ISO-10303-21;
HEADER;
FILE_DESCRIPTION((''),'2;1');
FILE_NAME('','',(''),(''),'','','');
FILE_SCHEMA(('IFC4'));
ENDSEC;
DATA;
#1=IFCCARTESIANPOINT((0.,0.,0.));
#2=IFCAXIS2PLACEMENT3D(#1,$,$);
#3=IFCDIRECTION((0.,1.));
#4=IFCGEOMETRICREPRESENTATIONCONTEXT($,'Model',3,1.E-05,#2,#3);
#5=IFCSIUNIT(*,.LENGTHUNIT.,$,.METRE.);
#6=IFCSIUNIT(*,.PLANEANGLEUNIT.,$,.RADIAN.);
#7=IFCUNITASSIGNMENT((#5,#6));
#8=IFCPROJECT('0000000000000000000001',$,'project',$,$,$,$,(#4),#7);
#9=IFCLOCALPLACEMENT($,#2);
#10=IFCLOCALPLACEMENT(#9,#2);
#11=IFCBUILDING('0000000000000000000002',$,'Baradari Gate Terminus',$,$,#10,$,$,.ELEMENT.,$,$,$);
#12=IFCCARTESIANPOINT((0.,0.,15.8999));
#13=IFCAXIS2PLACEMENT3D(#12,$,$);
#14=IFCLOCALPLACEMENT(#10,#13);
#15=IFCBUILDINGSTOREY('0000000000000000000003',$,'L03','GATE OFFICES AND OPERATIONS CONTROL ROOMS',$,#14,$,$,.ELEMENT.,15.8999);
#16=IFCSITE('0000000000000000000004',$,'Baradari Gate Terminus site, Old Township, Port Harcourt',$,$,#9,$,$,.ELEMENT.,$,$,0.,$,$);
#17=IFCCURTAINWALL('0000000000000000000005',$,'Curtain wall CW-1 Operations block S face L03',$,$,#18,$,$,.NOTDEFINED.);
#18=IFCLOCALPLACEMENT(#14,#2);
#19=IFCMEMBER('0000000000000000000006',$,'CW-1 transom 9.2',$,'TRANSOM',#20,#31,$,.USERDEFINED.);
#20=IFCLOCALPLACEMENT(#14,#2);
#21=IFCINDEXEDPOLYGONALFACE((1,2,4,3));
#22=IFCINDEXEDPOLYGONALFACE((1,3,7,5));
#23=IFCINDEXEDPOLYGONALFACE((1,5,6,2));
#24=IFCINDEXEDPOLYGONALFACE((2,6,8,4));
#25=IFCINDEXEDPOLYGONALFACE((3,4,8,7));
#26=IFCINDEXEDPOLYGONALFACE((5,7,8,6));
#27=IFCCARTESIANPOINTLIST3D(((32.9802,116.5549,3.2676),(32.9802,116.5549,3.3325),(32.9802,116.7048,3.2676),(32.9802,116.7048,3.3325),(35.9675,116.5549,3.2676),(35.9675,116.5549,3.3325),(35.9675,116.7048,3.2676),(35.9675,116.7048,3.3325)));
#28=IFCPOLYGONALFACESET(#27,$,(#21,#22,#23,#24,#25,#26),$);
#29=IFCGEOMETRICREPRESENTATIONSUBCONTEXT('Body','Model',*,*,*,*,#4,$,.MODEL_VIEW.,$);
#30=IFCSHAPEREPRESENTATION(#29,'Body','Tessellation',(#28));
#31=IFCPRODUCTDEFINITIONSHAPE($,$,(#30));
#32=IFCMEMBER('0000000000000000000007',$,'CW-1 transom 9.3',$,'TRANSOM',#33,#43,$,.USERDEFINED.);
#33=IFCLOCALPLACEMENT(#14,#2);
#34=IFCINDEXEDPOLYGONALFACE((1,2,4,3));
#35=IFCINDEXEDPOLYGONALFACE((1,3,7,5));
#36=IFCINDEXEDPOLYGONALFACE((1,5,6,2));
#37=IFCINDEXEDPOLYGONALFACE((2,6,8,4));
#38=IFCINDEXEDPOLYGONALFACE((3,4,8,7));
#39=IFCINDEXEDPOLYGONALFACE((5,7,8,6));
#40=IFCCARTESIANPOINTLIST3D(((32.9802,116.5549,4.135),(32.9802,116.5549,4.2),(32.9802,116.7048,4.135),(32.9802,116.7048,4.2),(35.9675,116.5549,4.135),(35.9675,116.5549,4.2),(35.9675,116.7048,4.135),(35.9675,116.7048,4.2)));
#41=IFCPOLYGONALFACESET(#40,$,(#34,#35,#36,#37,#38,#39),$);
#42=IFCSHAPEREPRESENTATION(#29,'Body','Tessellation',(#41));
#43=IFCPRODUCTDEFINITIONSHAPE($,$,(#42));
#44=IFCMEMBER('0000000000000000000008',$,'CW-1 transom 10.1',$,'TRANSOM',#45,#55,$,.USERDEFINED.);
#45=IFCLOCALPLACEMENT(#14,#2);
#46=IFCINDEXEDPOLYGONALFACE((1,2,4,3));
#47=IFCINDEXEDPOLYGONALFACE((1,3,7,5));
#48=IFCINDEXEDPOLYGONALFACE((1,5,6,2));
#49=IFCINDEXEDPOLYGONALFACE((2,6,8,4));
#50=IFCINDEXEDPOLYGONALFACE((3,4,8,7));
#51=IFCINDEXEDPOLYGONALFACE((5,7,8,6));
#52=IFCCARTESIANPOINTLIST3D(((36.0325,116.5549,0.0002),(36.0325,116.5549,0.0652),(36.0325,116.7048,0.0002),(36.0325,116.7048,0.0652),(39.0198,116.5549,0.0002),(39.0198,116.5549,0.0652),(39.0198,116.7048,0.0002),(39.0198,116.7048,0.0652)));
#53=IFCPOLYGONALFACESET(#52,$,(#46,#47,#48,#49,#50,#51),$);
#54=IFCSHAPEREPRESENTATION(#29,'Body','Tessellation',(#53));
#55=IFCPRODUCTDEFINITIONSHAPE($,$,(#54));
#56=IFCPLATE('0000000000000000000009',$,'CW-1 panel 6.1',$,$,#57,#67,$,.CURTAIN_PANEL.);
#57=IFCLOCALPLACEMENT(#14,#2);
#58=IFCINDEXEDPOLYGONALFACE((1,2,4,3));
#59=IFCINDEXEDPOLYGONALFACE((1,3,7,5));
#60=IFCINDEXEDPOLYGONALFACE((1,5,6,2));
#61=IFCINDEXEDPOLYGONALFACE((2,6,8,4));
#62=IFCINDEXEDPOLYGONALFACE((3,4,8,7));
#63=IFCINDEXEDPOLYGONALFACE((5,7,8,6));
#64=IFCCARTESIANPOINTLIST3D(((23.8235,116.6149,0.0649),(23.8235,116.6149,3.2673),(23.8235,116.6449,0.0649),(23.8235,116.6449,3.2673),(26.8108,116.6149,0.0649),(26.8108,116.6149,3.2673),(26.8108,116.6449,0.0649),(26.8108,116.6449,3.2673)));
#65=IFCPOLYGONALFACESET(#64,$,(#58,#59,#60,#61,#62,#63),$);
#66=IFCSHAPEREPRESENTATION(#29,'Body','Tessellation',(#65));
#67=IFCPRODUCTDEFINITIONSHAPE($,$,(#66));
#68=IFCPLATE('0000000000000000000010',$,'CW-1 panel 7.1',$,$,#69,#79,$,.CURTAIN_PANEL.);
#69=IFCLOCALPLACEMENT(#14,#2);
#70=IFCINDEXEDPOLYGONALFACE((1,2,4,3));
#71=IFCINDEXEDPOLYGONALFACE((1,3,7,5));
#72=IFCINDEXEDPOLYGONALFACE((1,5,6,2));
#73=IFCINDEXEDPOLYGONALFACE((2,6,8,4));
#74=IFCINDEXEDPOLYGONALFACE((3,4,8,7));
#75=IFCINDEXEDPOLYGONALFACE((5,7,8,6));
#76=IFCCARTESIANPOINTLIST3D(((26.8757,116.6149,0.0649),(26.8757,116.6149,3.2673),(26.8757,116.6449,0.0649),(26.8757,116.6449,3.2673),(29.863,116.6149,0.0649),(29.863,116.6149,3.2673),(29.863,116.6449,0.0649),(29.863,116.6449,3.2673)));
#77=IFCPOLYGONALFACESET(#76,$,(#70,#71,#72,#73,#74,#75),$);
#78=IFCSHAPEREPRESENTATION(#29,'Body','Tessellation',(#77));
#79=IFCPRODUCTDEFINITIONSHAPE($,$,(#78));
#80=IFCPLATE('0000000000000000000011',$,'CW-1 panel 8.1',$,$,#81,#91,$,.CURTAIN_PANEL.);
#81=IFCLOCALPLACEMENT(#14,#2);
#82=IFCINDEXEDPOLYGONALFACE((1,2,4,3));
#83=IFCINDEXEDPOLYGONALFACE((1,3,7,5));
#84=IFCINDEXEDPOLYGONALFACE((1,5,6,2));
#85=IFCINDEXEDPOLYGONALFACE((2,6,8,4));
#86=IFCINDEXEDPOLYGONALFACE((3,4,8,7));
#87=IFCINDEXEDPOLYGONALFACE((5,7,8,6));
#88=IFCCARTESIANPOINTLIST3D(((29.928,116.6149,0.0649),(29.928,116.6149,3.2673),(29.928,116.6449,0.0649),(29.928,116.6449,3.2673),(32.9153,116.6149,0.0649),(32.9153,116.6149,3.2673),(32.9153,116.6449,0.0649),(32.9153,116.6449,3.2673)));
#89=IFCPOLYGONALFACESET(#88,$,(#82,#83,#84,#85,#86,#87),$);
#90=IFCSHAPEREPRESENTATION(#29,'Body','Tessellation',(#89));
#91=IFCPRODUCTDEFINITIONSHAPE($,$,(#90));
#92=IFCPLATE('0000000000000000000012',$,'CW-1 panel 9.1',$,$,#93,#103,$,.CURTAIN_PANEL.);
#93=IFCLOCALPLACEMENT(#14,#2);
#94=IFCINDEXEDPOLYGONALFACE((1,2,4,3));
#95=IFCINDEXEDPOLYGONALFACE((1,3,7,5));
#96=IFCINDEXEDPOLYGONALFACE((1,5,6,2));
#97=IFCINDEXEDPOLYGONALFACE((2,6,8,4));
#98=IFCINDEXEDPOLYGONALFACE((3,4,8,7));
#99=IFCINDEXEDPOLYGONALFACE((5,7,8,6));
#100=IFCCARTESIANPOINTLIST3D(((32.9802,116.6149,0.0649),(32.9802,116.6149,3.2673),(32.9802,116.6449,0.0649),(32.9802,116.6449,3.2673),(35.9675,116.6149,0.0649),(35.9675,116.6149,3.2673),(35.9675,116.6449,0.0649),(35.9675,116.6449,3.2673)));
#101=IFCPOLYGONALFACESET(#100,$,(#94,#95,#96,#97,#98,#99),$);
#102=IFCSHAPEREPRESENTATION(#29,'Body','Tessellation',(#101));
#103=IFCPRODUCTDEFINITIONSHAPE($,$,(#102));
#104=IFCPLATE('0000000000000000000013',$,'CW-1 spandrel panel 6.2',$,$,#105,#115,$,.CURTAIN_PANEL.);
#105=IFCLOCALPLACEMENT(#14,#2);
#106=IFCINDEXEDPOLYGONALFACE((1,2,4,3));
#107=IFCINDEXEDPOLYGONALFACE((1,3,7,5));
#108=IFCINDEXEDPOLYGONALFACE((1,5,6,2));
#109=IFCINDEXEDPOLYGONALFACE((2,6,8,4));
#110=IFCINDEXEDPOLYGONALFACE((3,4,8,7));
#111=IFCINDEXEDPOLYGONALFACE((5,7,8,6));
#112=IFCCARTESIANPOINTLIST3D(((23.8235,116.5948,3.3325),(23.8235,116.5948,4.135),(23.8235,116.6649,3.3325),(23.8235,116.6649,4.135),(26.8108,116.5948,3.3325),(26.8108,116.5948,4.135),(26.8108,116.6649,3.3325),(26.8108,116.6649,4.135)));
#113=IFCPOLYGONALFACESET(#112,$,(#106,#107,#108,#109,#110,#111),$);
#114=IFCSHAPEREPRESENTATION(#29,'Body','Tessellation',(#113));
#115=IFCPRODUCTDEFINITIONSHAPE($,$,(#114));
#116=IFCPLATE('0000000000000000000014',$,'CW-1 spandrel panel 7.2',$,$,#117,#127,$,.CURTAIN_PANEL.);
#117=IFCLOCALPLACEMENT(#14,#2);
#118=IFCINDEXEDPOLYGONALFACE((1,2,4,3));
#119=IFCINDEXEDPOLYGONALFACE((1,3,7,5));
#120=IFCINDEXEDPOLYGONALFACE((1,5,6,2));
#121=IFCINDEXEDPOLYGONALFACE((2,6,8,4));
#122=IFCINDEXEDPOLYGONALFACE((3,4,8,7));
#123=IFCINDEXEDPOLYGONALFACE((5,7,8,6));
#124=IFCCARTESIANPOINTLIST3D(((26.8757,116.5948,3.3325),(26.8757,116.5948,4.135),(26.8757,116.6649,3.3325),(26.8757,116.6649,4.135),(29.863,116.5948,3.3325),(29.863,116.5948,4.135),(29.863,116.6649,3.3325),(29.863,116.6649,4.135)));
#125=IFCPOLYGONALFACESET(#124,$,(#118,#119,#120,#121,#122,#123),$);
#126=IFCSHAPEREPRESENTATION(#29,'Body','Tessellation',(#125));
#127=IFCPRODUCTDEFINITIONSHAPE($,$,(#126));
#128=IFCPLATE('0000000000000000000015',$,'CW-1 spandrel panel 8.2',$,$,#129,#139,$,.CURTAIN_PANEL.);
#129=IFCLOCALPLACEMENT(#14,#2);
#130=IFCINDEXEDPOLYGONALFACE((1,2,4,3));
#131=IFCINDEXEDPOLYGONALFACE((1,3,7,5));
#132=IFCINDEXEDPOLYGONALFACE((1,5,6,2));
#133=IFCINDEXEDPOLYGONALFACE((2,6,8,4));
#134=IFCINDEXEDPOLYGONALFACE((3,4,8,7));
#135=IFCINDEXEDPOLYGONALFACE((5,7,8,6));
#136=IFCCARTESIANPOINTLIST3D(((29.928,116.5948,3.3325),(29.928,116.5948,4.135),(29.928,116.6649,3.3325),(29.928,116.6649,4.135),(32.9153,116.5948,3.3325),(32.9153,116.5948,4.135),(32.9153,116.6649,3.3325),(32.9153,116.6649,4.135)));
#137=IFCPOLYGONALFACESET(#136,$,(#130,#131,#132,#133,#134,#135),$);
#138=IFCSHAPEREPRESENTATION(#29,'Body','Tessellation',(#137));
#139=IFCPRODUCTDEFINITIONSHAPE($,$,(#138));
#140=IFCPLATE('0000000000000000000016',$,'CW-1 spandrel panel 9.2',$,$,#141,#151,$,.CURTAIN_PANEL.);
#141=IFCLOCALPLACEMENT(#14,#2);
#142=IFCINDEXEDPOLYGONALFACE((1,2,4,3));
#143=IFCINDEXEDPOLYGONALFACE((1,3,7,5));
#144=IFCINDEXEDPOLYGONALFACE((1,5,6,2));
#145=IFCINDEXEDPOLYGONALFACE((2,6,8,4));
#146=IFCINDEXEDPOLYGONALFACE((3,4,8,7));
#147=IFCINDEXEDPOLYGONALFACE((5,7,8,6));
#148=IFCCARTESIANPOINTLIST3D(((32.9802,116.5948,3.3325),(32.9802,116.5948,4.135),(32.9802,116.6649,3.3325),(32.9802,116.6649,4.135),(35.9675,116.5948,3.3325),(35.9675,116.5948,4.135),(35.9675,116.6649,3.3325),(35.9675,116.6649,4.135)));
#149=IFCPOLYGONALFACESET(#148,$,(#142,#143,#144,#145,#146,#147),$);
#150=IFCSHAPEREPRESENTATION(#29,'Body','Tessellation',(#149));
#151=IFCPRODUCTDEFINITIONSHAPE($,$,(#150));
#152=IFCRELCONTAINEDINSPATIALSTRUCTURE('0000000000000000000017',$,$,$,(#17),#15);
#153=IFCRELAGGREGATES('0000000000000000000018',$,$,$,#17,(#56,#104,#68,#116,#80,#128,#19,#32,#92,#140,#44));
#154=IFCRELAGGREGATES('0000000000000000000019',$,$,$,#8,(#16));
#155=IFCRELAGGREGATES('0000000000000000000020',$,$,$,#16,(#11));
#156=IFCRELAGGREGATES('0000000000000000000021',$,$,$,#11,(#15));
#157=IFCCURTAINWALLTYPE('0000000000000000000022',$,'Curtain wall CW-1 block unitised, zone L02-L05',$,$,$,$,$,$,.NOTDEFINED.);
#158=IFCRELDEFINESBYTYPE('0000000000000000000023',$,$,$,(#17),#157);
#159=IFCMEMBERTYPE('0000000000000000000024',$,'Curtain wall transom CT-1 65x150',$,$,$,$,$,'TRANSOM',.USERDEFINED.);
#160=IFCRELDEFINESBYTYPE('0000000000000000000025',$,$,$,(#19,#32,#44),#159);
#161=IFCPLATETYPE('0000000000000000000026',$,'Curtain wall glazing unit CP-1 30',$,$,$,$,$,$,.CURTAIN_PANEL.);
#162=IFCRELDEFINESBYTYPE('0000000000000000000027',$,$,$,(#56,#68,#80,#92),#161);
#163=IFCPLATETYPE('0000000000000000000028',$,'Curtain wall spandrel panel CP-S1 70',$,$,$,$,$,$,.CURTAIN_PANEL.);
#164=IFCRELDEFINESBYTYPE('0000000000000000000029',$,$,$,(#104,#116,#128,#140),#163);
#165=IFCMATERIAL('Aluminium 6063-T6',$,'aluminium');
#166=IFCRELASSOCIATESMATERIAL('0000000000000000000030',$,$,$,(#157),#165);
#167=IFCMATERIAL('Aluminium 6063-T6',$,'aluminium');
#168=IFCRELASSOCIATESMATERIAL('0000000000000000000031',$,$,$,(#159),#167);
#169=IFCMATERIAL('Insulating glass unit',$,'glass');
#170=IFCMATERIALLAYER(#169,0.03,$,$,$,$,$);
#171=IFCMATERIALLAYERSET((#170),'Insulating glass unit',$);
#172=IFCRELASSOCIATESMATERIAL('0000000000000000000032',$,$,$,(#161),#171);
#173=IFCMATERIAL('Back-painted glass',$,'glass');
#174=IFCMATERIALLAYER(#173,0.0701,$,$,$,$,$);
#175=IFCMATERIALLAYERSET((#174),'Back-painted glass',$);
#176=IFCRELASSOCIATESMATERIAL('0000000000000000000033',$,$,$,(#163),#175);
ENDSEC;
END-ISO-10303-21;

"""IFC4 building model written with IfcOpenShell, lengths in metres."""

from ifc_helpers import new_model, si_unit, direction, frame, origin, origin_2d, place, context, subcontext, project, spatial, rectangle, extrude, material, layer, layer_set, material_profile, profile_set, type_object, element, aggregate, save


model = new_model("IFC4")

# Units and contexts
model_context = context("Model", 3, precision=1e-05, world=origin(), true_north=direction((0.0, 1.0)))
body_context = subcontext(model_context, "Body", "Model", "MODEL_VIEW")
ifc_project = project(units=[si_unit("LENGTHUNIT", "METRE"), si_unit("PLANEANGLEUNIT", "RADIAN")], contexts=[model_context])

# Site, building, storey
site_placement = place(None, origin())
site = spatial("IfcSite", under=ifc_project, at=site_placement, Name="Baradari Gate Terminus site, Old Township, Port Harcourt", CompositionType="ELEMENT", RefElevation=0.0)
building_placement = place(site_placement, origin())
building = spatial("IfcBuilding", under=site, at=building_placement, Name="Baradari Gate Terminus", CompositionType="ELEMENT")
storey_placement = place(building_placement, frame((0.0, 0.0, 15.8999)))
storey = spatial("IfcBuildingStorey", under=building, at=storey_placement, Name="L03", Description="GATE OFFICES AND OPERATIONS CONTROL ROOMS", CompositionType="ELEMENT", Elevation=15.8999)

# Curtain wall, members, plates
ifc_material_1 = material(Name="Aluminium 6063-T6", Category="aluminium")
curtain_wall_type = type_object("IfcCurtainWallType", Name="Curtain wall CW-1 block unitised, zone L02-L05", PredefinedType="NOTDEFINED", material=ifc_material_1)
curtain_wall_placement = place(storey_placement, origin())
curtain_wall = element("IfcCurtainWall", 1, at=curtain_wall_placement, inside=storey, type_object=curtain_wall_type, Name="Curtain wall CW-1 Operations block S face L03", PredefinedType="NOTDEFINED")
ifc_material_2 = material(Name="Aluminium 6063-T6", Category="aluminium")
ifc_material_profile_1 = material_profile(ifc_material_2, rectangle(XDim=0.1499, YDim=0.0649, at=origin_2d()), Name="CT-1 65X150")
ifc_profile_set_1 = profile_set([ifc_material_profile_1], Name="Aluminium 6063-T6")
member_type_1 = type_object("IfcMemberType", Name="Curtain wall transom CT-1 65x150", ElementType="TRANSOM", PredefinedType="USERDEFINED", material=ifc_profile_set_1)
member_1_placement = place(storey_placement, frame((32.9802, 116.6299, 3.3), z_axis=(1.0, 0.0, 0.0), x_axis=(0.0, 1.0, 0.0)))
member_1 = element("IfcMember", 2, at=member_1_placement, type_object=member_type_1, Name="CW-1 transom 9.2", ObjectType="TRANSOM", PredefinedType="USERDEFINED", context=body_context, shape_type="SweptSolid", body=[
    extrude(rectangle(XDim=0.1499, YDim=0.0649, at=origin_2d()), origin(), (0.0, 0.0, 1.0), 2.9873),
])
member_2_placement = place(storey_placement, frame((32.9802, 116.6299, 4.1675), z_axis=(1.0, 0.0, 0.0), x_axis=(0.0, 1.0, 0.0)))
member_2 = element("IfcMember", 3, at=member_2_placement, type_object=member_type_1, Name="CW-1 transom 9.3", ObjectType="TRANSOM", PredefinedType="USERDEFINED", context=body_context, shape_type="SweptSolid", body=[
    extrude(rectangle(XDim=0.1499, YDim=0.0649, at=origin_2d()), origin(), (0.0, 0.0, 1.0), 2.9873),
])
member_3_placement = place(storey_placement, frame((36.0325, 116.6299, 0.0327), z_axis=(1.0, 0.0, 0.0), x_axis=(0.0, 1.0, 0.0)))
member_3 = element("IfcMember", 4, at=member_3_placement, type_object=member_type_1, Name="CW-1 transom 10.1", ObjectType="TRANSOM", PredefinedType="USERDEFINED", context=body_context, shape_type="SweptSolid", body=[
    extrude(rectangle(XDim=0.1499, YDim=0.0649, at=origin_2d()), origin(), (0.0, 0.0, 1.0), 2.9873),
])
ifc_material_3 = material(Name="Insulating glass unit", Category="glass")
ifc_layer_1 = layer(ifc_material_3, 0.03)
ifc_layer_set_1 = layer_set([ifc_layer_1], Name="Insulating glass unit")
plate_type_1 = type_object("IfcPlateType", Name="Curtain wall glazing unit CP-1 30", PredefinedType="CURTAIN_PANEL", material=ifc_layer_set_1)
plate_1_placement = place(storey_placement, frame((25.3171, 116.6299, 0.0649), z_axis=(0.0, 0.0, 1.0), x_axis=(1.0, 0.0, 0.0)))
plate_1 = element("IfcPlate", 5, at=plate_1_placement, type_object=plate_type_1, Name="CW-1 panel 6.1", PredefinedType="CURTAIN_PANEL", context=body_context, shape_type="SweptSolid", body=[
    extrude(rectangle(XDim=2.9873, YDim=0.03, at=origin_2d()), origin(), (0.0, 0.0, 1.0), 3.2024),
])
plate_2_placement = place(storey_placement, frame((28.3694, 116.6299, 0.0649), z_axis=(0.0, 0.0, 1.0), x_axis=(1.0, 0.0, 0.0)))
plate_2 = element("IfcPlate", 6, at=plate_2_placement, type_object=plate_type_1, Name="CW-1 panel 7.1", PredefinedType="CURTAIN_PANEL", context=body_context, shape_type="SweptSolid", body=[
    extrude(rectangle(XDim=2.9873, YDim=0.03, at=origin_2d()), origin(), (0.0, 0.0, 1.0), 3.2024),
])
plate_3_placement = place(storey_placement, frame((31.4216, 116.6299, 0.0649), z_axis=(0.0, 0.0, 1.0), x_axis=(1.0, 0.0, 0.0)))
plate_3 = element("IfcPlate", 7, at=plate_3_placement, type_object=plate_type_1, Name="CW-1 panel 8.1", PredefinedType="CURTAIN_PANEL", context=body_context, shape_type="SweptSolid", body=[
    extrude(rectangle(XDim=2.9873, YDim=0.03, at=origin_2d()), origin(), (0.0, 0.0, 1.0), 3.2024),
])
plate_4_placement = place(storey_placement, frame((34.4739, 116.6299, 0.0649), z_axis=(0.0, 0.0, 1.0), x_axis=(1.0, 0.0, 0.0)))
plate_4 = element("IfcPlate", 8, at=plate_4_placement, type_object=plate_type_1, Name="CW-1 panel 9.1", PredefinedType="CURTAIN_PANEL", context=body_context, shape_type="SweptSolid", body=[
    extrude(rectangle(XDim=2.9873, YDim=0.03, at=origin_2d()), origin(), (0.0, 0.0, 1.0), 3.2024),
])
ifc_material_4 = material(Name="Back-painted glass", Category="glass")
ifc_layer_2 = layer(ifc_material_4, 0.0701)
ifc_layer_set_2 = layer_set([ifc_layer_2], Name="Back-painted glass")
plate_type_2 = type_object("IfcPlateType", Name="Curtain wall spandrel panel CP-S1 70", PredefinedType="CURTAIN_PANEL", material=ifc_layer_set_2)
plate_5_placement = place(storey_placement, frame((25.3171, 116.6299, 3.3325), z_axis=(0.0, 0.0, 1.0), x_axis=(1.0, 0.0, 0.0)))
plate_5 = element("IfcPlate", 9, at=plate_5_placement, type_object=plate_type_2, Name="CW-1 spandrel panel 6.2", PredefinedType="CURTAIN_PANEL", context=body_context, shape_type="SweptSolid", body=[
    extrude(rectangle(XDim=2.9873, YDim=0.0701, at=origin_2d()), origin(), (0.0, 0.0, 1.0), 0.8025),
])
plate_6_placement = place(storey_placement, frame((28.3694, 116.6299, 3.3325), z_axis=(0.0, 0.0, 1.0), x_axis=(1.0, 0.0, 0.0)))
plate_6 = element("IfcPlate", 10, at=plate_6_placement, type_object=plate_type_2, Name="CW-1 spandrel panel 7.2", PredefinedType="CURTAIN_PANEL", context=body_context, shape_type="SweptSolid", body=[
    extrude(rectangle(XDim=2.9873, YDim=0.0701, at=origin_2d()), origin(), (0.0, 0.0, 1.0), 0.8025),
])
plate_7_placement = place(storey_placement, frame((31.4216, 116.6299, 3.3325), z_axis=(0.0, 0.0, 1.0), x_axis=(1.0, 0.0, 0.0)))
plate_7 = element("IfcPlate", 11, at=plate_7_placement, type_object=plate_type_2, Name="CW-1 spandrel panel 8.2", PredefinedType="CURTAIN_PANEL", context=body_context, shape_type="SweptSolid", body=[
    extrude(rectangle(XDim=2.9873, YDim=0.0701, at=origin_2d()), origin(), (0.0, 0.0, 1.0), 0.8025),
])
plate_8_placement = place(storey_placement, frame((34.4739, 116.6299, 3.3325), z_axis=(0.0, 0.0, 1.0), x_axis=(1.0, 0.0, 0.0)))
plate_8 = element("IfcPlate", 12, at=plate_8_placement, type_object=plate_type_2, Name="CW-1 spandrel panel 9.2", PredefinedType="CURTAIN_PANEL", context=body_context, shape_type="SweptSolid", body=[
    extrude(rectangle(XDim=2.9873, YDim=0.0701, at=origin_2d()), origin(), (0.0, 0.0, 1.0), 0.8025),
])
aggregate(curtain_wall, [plate_1, plate_5, plate_2, plate_6, plate_3, plate_7, member_1, member_2, plate_4, plate_8, member_3])

save(model, "model.ifc")
